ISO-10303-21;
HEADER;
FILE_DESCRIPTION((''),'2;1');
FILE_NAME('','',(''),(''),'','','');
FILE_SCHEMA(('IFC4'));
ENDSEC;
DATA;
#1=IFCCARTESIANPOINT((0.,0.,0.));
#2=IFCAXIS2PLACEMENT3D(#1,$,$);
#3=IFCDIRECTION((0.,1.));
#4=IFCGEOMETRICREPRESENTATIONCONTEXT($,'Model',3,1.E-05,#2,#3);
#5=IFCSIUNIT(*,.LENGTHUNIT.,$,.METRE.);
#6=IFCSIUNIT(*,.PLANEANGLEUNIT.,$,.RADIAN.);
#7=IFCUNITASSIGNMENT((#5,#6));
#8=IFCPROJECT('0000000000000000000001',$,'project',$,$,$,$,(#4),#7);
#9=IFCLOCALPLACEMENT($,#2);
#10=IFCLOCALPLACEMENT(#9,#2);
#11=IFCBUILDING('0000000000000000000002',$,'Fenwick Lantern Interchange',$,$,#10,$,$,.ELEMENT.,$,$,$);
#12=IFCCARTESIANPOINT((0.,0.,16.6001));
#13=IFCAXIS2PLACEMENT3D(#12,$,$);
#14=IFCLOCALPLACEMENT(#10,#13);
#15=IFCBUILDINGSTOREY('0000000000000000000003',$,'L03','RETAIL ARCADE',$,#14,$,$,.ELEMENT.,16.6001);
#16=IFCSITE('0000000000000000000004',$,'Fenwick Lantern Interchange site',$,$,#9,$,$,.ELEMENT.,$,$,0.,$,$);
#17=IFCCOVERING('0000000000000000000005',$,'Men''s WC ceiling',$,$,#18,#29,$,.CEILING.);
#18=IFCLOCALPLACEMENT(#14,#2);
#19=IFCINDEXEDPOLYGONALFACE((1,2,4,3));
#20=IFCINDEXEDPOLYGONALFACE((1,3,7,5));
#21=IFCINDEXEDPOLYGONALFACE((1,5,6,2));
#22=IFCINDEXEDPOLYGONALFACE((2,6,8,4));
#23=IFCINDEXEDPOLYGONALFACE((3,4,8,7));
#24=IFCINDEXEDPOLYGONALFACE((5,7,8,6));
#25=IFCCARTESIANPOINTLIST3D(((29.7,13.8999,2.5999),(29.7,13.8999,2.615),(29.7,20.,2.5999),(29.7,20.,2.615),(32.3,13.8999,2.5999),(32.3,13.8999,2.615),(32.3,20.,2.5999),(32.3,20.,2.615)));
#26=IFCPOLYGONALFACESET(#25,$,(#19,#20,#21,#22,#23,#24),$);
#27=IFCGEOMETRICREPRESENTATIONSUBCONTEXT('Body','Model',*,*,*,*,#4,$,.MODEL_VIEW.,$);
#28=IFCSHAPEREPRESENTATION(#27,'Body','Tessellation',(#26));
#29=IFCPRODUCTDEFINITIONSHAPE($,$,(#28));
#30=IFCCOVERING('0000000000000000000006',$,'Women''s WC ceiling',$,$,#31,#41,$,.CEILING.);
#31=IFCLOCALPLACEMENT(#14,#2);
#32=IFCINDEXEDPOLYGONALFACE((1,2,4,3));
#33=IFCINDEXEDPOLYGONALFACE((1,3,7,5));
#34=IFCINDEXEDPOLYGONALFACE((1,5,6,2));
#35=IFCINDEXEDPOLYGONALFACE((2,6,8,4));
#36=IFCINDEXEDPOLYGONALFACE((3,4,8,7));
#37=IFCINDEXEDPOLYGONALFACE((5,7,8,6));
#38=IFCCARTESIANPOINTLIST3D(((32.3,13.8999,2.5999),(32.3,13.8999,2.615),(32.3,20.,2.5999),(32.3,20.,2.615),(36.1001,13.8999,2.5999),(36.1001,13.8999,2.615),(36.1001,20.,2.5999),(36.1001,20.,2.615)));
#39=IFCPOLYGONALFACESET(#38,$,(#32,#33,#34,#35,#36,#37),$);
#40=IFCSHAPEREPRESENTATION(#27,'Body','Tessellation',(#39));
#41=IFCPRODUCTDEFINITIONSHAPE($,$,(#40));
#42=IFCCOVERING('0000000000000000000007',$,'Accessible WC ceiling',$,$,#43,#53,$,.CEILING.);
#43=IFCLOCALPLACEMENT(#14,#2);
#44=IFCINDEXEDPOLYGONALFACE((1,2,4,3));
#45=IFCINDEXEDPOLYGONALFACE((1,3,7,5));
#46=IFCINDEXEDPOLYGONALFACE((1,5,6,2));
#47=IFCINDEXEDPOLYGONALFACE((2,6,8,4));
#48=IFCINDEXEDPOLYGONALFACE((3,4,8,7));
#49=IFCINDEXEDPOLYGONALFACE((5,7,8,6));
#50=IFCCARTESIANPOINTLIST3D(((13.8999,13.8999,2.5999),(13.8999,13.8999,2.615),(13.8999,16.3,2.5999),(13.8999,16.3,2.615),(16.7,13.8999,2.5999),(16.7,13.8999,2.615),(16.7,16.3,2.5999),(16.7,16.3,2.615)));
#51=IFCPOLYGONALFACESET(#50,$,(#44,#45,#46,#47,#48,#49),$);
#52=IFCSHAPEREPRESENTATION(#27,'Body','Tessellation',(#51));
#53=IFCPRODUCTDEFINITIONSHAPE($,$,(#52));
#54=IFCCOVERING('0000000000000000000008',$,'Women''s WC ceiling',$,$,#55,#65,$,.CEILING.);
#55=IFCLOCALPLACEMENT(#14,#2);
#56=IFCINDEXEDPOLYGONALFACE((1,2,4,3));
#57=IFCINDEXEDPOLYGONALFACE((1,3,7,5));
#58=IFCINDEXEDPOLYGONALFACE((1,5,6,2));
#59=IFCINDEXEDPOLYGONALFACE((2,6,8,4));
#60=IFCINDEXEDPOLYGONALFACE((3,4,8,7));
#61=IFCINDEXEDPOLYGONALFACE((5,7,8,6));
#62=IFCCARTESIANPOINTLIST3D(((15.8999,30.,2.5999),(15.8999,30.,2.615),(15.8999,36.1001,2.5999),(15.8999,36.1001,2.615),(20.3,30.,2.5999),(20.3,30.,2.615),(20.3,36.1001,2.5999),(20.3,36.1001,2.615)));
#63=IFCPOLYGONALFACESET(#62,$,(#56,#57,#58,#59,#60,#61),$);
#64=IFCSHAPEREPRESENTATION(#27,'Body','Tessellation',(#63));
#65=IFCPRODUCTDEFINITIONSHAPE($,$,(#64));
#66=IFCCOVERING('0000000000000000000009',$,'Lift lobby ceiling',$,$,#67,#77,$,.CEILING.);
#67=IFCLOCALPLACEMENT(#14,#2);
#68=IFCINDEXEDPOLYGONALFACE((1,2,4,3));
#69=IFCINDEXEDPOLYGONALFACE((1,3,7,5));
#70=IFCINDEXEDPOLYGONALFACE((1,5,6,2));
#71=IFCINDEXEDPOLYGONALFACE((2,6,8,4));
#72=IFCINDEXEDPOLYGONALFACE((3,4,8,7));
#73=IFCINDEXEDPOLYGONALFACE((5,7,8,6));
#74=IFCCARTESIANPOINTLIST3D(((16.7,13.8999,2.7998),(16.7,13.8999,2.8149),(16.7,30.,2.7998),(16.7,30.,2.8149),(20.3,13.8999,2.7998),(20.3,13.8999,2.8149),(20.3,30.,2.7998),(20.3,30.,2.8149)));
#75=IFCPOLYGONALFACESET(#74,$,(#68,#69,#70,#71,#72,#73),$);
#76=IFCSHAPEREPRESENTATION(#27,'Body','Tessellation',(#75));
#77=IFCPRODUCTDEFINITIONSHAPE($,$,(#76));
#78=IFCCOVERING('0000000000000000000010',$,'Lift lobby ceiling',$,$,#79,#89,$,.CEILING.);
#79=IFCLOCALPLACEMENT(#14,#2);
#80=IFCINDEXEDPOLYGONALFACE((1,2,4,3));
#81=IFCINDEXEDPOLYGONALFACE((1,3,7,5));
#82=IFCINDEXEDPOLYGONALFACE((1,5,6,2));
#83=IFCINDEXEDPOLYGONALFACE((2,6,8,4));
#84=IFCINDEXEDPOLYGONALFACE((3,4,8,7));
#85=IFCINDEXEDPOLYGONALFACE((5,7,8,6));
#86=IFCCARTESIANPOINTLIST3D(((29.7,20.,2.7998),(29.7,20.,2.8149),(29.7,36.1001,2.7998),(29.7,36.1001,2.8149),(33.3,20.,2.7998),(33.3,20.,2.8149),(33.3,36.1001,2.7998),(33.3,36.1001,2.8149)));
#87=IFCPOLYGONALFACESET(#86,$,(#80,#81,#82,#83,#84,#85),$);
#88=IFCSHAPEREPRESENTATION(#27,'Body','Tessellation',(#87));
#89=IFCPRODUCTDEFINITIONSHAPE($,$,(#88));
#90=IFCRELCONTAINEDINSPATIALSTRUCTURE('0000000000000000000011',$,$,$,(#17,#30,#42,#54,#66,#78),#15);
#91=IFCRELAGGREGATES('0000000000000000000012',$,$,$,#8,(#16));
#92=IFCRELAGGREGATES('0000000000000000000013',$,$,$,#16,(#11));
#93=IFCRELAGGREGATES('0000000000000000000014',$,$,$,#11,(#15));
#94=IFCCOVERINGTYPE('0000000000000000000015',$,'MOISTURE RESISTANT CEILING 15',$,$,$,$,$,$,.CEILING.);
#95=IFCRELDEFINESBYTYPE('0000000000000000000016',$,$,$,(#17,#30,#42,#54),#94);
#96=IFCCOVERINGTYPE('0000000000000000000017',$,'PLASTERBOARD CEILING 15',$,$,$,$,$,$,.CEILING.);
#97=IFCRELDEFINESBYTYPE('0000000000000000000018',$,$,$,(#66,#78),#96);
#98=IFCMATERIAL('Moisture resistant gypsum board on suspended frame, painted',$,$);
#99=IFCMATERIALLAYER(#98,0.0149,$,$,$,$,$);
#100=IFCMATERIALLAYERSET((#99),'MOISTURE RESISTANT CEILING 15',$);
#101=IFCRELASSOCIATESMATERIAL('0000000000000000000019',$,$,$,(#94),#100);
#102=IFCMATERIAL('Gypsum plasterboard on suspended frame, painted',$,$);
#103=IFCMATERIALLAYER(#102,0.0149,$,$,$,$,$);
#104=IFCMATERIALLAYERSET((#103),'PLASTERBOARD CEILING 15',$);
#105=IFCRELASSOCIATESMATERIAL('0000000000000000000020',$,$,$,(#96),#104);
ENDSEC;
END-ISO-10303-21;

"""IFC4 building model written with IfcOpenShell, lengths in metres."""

from ifc_helpers import new_model, si_unit, direction, frame, origin, place, context, subcontext, project, spatial, polyline, outline, extrude, material, layer, layer_set, type_object, element, save


model = new_model("IFC4")

# Units and contexts
model_context = context("Model", 3, precision=1e-05, world=origin(), true_north=direction((0.0, 1.0)))
body_context = subcontext(model_context, "Body", "Model", "MODEL_VIEW")
ifc_project = project(units=[si_unit("LENGTHUNIT", "METRE"), si_unit("PLANEANGLEUNIT", "RADIAN")], contexts=[model_context])

# Site, building, storey
site_placement = place(None, origin())
site = spatial("IfcSite", under=ifc_project, at=site_placement, Name="Fenwick Lantern Interchange site", CompositionType="ELEMENT", RefElevation=0.0)
building_placement = place(site_placement, origin())
building = spatial("IfcBuilding", under=site, at=building_placement, Name="Fenwick Lantern Interchange", CompositionType="ELEMENT")
storey_placement = place(building_placement, frame((0.0, 0.0, 16.6001)))
storey = spatial("IfcBuildingStorey", under=building, at=storey_placement, Name="L03", Description="RETAIL ARCADE", CompositionType="ELEMENT", Elevation=16.6001)

# Coverings
ifc_material_1 = material(Name="Moisture resistant gypsum board on suspended frame, painted")
ifc_layer_1 = layer(ifc_material_1, 0.0149)
ifc_layer_set_1 = layer_set([ifc_layer_1], Name="MOISTURE RESISTANT CEILING 15")
covering_type_1 = type_object("IfcCoveringType", Name="MOISTURE RESISTANT CEILING 15", PredefinedType="CEILING", material=ifc_layer_set_1)
covering_1_placement = place(storey_placement, frame((0.0, 0.0, 2.5999)))
element("IfcCovering", 1, at=covering_1_placement, inside=storey, type_object=covering_type_1, Name="Men's WC ceiling", PredefinedType="CEILING", context=body_context, shape_type="SweptSolid", body=[
    extrude(outline(polyline([(29.7, 13.8999), (32.3, 13.8999), (32.3, 20.0), (29.7, 20.0), (29.7, 13.8999)])), origin(), (0.0, 0.0, 1.0), 0.0151),
])
covering_2_placement = place(storey_placement, frame((0.0, 0.0, 2.5999)))
element("IfcCovering", 2, at=covering_2_placement, inside=storey, type_object=covering_type_1, Name="Women's WC ceiling", PredefinedType="CEILING", context=body_context, shape_type="SweptSolid", body=[
    extrude(outline(polyline([(32.3, 13.8999), (36.1001, 13.8999), (36.1001, 20.0), (32.3, 20.0), (32.3, 13.8999)])), origin(), (0.0, 0.0, 1.0), 0.0151),
])
covering_3_placement = place(storey_placement, frame((0.0, 0.0, 2.5999)))
element("IfcCovering", 3, at=covering_3_placement, inside=storey, type_object=covering_type_1, Name="Accessible WC ceiling", PredefinedType="CEILING", context=body_context, shape_type="SweptSolid", body=[
    extrude(outline(polyline([(13.8999, 13.8999), (16.7, 13.8999), (16.7, 16.3), (13.8999, 16.3), (13.8999, 13.8999)])), origin(), (0.0, 0.0, 1.0), 0.0151),
])
covering_4_placement = place(storey_placement, frame((0.0, 0.0, 2.5999)))
element("IfcCovering", 4, at=covering_4_placement, inside=storey, type_object=covering_type_1, Name="Women's WC ceiling", PredefinedType="CEILING", context=body_context, shape_type="SweptSolid", body=[
    extrude(outline(polyline([(20.3, 36.1001), (15.8999, 36.1001), (15.8999, 30.0), (20.3, 30.0), (20.3, 36.1001)])), origin(), (0.0, 0.0, 1.0), 0.0151),
])
ifc_material_2 = material(Name="Gypsum plasterboard on suspended frame, painted")
ifc_layer_2 = layer(ifc_material_2, 0.0149)
ifc_layer_set_2 = layer_set([ifc_layer_2], Name="PLASTERBOARD CEILING 15")
covering_type_2 = type_object("IfcCoveringType", Name="PLASTERBOARD CEILING 15", PredefinedType="CEILING", material=ifc_layer_set_2)
covering_5_placement = place(storey_placement, frame((0.0, 0.0, 2.7998)))
element("IfcCovering", 5, at=covering_5_placement, inside=storey, type_object=covering_type_2, Name="Lift lobby ceiling", PredefinedType="CEILING", context=body_context, shape_type="SweptSolid", body=[
    extrude(outline(polyline([(16.7, 13.8999), (20.3, 13.8999), (20.3, 30.0), (16.7, 30.0), (16.7, 13.8999)])), origin(), (0.0, 0.0, 1.0), 0.0151),
])
covering_6_placement = place(storey_placement, frame((0.0, 0.0, 2.7998)))
element("IfcCovering", 6, at=covering_6_placement, inside=storey, type_object=covering_type_2, Name="Lift lobby ceiling", PredefinedType="CEILING", context=body_context, shape_type="SweptSolid", body=[
    extrude(outline(polyline([(33.3, 36.1001), (29.7, 36.1001), (29.7, 20.0), (33.3, 20.0), (33.3, 36.1001)])), origin(), (0.0, 0.0, 1.0), 0.0151),
])

save(model, "model.ifc")
